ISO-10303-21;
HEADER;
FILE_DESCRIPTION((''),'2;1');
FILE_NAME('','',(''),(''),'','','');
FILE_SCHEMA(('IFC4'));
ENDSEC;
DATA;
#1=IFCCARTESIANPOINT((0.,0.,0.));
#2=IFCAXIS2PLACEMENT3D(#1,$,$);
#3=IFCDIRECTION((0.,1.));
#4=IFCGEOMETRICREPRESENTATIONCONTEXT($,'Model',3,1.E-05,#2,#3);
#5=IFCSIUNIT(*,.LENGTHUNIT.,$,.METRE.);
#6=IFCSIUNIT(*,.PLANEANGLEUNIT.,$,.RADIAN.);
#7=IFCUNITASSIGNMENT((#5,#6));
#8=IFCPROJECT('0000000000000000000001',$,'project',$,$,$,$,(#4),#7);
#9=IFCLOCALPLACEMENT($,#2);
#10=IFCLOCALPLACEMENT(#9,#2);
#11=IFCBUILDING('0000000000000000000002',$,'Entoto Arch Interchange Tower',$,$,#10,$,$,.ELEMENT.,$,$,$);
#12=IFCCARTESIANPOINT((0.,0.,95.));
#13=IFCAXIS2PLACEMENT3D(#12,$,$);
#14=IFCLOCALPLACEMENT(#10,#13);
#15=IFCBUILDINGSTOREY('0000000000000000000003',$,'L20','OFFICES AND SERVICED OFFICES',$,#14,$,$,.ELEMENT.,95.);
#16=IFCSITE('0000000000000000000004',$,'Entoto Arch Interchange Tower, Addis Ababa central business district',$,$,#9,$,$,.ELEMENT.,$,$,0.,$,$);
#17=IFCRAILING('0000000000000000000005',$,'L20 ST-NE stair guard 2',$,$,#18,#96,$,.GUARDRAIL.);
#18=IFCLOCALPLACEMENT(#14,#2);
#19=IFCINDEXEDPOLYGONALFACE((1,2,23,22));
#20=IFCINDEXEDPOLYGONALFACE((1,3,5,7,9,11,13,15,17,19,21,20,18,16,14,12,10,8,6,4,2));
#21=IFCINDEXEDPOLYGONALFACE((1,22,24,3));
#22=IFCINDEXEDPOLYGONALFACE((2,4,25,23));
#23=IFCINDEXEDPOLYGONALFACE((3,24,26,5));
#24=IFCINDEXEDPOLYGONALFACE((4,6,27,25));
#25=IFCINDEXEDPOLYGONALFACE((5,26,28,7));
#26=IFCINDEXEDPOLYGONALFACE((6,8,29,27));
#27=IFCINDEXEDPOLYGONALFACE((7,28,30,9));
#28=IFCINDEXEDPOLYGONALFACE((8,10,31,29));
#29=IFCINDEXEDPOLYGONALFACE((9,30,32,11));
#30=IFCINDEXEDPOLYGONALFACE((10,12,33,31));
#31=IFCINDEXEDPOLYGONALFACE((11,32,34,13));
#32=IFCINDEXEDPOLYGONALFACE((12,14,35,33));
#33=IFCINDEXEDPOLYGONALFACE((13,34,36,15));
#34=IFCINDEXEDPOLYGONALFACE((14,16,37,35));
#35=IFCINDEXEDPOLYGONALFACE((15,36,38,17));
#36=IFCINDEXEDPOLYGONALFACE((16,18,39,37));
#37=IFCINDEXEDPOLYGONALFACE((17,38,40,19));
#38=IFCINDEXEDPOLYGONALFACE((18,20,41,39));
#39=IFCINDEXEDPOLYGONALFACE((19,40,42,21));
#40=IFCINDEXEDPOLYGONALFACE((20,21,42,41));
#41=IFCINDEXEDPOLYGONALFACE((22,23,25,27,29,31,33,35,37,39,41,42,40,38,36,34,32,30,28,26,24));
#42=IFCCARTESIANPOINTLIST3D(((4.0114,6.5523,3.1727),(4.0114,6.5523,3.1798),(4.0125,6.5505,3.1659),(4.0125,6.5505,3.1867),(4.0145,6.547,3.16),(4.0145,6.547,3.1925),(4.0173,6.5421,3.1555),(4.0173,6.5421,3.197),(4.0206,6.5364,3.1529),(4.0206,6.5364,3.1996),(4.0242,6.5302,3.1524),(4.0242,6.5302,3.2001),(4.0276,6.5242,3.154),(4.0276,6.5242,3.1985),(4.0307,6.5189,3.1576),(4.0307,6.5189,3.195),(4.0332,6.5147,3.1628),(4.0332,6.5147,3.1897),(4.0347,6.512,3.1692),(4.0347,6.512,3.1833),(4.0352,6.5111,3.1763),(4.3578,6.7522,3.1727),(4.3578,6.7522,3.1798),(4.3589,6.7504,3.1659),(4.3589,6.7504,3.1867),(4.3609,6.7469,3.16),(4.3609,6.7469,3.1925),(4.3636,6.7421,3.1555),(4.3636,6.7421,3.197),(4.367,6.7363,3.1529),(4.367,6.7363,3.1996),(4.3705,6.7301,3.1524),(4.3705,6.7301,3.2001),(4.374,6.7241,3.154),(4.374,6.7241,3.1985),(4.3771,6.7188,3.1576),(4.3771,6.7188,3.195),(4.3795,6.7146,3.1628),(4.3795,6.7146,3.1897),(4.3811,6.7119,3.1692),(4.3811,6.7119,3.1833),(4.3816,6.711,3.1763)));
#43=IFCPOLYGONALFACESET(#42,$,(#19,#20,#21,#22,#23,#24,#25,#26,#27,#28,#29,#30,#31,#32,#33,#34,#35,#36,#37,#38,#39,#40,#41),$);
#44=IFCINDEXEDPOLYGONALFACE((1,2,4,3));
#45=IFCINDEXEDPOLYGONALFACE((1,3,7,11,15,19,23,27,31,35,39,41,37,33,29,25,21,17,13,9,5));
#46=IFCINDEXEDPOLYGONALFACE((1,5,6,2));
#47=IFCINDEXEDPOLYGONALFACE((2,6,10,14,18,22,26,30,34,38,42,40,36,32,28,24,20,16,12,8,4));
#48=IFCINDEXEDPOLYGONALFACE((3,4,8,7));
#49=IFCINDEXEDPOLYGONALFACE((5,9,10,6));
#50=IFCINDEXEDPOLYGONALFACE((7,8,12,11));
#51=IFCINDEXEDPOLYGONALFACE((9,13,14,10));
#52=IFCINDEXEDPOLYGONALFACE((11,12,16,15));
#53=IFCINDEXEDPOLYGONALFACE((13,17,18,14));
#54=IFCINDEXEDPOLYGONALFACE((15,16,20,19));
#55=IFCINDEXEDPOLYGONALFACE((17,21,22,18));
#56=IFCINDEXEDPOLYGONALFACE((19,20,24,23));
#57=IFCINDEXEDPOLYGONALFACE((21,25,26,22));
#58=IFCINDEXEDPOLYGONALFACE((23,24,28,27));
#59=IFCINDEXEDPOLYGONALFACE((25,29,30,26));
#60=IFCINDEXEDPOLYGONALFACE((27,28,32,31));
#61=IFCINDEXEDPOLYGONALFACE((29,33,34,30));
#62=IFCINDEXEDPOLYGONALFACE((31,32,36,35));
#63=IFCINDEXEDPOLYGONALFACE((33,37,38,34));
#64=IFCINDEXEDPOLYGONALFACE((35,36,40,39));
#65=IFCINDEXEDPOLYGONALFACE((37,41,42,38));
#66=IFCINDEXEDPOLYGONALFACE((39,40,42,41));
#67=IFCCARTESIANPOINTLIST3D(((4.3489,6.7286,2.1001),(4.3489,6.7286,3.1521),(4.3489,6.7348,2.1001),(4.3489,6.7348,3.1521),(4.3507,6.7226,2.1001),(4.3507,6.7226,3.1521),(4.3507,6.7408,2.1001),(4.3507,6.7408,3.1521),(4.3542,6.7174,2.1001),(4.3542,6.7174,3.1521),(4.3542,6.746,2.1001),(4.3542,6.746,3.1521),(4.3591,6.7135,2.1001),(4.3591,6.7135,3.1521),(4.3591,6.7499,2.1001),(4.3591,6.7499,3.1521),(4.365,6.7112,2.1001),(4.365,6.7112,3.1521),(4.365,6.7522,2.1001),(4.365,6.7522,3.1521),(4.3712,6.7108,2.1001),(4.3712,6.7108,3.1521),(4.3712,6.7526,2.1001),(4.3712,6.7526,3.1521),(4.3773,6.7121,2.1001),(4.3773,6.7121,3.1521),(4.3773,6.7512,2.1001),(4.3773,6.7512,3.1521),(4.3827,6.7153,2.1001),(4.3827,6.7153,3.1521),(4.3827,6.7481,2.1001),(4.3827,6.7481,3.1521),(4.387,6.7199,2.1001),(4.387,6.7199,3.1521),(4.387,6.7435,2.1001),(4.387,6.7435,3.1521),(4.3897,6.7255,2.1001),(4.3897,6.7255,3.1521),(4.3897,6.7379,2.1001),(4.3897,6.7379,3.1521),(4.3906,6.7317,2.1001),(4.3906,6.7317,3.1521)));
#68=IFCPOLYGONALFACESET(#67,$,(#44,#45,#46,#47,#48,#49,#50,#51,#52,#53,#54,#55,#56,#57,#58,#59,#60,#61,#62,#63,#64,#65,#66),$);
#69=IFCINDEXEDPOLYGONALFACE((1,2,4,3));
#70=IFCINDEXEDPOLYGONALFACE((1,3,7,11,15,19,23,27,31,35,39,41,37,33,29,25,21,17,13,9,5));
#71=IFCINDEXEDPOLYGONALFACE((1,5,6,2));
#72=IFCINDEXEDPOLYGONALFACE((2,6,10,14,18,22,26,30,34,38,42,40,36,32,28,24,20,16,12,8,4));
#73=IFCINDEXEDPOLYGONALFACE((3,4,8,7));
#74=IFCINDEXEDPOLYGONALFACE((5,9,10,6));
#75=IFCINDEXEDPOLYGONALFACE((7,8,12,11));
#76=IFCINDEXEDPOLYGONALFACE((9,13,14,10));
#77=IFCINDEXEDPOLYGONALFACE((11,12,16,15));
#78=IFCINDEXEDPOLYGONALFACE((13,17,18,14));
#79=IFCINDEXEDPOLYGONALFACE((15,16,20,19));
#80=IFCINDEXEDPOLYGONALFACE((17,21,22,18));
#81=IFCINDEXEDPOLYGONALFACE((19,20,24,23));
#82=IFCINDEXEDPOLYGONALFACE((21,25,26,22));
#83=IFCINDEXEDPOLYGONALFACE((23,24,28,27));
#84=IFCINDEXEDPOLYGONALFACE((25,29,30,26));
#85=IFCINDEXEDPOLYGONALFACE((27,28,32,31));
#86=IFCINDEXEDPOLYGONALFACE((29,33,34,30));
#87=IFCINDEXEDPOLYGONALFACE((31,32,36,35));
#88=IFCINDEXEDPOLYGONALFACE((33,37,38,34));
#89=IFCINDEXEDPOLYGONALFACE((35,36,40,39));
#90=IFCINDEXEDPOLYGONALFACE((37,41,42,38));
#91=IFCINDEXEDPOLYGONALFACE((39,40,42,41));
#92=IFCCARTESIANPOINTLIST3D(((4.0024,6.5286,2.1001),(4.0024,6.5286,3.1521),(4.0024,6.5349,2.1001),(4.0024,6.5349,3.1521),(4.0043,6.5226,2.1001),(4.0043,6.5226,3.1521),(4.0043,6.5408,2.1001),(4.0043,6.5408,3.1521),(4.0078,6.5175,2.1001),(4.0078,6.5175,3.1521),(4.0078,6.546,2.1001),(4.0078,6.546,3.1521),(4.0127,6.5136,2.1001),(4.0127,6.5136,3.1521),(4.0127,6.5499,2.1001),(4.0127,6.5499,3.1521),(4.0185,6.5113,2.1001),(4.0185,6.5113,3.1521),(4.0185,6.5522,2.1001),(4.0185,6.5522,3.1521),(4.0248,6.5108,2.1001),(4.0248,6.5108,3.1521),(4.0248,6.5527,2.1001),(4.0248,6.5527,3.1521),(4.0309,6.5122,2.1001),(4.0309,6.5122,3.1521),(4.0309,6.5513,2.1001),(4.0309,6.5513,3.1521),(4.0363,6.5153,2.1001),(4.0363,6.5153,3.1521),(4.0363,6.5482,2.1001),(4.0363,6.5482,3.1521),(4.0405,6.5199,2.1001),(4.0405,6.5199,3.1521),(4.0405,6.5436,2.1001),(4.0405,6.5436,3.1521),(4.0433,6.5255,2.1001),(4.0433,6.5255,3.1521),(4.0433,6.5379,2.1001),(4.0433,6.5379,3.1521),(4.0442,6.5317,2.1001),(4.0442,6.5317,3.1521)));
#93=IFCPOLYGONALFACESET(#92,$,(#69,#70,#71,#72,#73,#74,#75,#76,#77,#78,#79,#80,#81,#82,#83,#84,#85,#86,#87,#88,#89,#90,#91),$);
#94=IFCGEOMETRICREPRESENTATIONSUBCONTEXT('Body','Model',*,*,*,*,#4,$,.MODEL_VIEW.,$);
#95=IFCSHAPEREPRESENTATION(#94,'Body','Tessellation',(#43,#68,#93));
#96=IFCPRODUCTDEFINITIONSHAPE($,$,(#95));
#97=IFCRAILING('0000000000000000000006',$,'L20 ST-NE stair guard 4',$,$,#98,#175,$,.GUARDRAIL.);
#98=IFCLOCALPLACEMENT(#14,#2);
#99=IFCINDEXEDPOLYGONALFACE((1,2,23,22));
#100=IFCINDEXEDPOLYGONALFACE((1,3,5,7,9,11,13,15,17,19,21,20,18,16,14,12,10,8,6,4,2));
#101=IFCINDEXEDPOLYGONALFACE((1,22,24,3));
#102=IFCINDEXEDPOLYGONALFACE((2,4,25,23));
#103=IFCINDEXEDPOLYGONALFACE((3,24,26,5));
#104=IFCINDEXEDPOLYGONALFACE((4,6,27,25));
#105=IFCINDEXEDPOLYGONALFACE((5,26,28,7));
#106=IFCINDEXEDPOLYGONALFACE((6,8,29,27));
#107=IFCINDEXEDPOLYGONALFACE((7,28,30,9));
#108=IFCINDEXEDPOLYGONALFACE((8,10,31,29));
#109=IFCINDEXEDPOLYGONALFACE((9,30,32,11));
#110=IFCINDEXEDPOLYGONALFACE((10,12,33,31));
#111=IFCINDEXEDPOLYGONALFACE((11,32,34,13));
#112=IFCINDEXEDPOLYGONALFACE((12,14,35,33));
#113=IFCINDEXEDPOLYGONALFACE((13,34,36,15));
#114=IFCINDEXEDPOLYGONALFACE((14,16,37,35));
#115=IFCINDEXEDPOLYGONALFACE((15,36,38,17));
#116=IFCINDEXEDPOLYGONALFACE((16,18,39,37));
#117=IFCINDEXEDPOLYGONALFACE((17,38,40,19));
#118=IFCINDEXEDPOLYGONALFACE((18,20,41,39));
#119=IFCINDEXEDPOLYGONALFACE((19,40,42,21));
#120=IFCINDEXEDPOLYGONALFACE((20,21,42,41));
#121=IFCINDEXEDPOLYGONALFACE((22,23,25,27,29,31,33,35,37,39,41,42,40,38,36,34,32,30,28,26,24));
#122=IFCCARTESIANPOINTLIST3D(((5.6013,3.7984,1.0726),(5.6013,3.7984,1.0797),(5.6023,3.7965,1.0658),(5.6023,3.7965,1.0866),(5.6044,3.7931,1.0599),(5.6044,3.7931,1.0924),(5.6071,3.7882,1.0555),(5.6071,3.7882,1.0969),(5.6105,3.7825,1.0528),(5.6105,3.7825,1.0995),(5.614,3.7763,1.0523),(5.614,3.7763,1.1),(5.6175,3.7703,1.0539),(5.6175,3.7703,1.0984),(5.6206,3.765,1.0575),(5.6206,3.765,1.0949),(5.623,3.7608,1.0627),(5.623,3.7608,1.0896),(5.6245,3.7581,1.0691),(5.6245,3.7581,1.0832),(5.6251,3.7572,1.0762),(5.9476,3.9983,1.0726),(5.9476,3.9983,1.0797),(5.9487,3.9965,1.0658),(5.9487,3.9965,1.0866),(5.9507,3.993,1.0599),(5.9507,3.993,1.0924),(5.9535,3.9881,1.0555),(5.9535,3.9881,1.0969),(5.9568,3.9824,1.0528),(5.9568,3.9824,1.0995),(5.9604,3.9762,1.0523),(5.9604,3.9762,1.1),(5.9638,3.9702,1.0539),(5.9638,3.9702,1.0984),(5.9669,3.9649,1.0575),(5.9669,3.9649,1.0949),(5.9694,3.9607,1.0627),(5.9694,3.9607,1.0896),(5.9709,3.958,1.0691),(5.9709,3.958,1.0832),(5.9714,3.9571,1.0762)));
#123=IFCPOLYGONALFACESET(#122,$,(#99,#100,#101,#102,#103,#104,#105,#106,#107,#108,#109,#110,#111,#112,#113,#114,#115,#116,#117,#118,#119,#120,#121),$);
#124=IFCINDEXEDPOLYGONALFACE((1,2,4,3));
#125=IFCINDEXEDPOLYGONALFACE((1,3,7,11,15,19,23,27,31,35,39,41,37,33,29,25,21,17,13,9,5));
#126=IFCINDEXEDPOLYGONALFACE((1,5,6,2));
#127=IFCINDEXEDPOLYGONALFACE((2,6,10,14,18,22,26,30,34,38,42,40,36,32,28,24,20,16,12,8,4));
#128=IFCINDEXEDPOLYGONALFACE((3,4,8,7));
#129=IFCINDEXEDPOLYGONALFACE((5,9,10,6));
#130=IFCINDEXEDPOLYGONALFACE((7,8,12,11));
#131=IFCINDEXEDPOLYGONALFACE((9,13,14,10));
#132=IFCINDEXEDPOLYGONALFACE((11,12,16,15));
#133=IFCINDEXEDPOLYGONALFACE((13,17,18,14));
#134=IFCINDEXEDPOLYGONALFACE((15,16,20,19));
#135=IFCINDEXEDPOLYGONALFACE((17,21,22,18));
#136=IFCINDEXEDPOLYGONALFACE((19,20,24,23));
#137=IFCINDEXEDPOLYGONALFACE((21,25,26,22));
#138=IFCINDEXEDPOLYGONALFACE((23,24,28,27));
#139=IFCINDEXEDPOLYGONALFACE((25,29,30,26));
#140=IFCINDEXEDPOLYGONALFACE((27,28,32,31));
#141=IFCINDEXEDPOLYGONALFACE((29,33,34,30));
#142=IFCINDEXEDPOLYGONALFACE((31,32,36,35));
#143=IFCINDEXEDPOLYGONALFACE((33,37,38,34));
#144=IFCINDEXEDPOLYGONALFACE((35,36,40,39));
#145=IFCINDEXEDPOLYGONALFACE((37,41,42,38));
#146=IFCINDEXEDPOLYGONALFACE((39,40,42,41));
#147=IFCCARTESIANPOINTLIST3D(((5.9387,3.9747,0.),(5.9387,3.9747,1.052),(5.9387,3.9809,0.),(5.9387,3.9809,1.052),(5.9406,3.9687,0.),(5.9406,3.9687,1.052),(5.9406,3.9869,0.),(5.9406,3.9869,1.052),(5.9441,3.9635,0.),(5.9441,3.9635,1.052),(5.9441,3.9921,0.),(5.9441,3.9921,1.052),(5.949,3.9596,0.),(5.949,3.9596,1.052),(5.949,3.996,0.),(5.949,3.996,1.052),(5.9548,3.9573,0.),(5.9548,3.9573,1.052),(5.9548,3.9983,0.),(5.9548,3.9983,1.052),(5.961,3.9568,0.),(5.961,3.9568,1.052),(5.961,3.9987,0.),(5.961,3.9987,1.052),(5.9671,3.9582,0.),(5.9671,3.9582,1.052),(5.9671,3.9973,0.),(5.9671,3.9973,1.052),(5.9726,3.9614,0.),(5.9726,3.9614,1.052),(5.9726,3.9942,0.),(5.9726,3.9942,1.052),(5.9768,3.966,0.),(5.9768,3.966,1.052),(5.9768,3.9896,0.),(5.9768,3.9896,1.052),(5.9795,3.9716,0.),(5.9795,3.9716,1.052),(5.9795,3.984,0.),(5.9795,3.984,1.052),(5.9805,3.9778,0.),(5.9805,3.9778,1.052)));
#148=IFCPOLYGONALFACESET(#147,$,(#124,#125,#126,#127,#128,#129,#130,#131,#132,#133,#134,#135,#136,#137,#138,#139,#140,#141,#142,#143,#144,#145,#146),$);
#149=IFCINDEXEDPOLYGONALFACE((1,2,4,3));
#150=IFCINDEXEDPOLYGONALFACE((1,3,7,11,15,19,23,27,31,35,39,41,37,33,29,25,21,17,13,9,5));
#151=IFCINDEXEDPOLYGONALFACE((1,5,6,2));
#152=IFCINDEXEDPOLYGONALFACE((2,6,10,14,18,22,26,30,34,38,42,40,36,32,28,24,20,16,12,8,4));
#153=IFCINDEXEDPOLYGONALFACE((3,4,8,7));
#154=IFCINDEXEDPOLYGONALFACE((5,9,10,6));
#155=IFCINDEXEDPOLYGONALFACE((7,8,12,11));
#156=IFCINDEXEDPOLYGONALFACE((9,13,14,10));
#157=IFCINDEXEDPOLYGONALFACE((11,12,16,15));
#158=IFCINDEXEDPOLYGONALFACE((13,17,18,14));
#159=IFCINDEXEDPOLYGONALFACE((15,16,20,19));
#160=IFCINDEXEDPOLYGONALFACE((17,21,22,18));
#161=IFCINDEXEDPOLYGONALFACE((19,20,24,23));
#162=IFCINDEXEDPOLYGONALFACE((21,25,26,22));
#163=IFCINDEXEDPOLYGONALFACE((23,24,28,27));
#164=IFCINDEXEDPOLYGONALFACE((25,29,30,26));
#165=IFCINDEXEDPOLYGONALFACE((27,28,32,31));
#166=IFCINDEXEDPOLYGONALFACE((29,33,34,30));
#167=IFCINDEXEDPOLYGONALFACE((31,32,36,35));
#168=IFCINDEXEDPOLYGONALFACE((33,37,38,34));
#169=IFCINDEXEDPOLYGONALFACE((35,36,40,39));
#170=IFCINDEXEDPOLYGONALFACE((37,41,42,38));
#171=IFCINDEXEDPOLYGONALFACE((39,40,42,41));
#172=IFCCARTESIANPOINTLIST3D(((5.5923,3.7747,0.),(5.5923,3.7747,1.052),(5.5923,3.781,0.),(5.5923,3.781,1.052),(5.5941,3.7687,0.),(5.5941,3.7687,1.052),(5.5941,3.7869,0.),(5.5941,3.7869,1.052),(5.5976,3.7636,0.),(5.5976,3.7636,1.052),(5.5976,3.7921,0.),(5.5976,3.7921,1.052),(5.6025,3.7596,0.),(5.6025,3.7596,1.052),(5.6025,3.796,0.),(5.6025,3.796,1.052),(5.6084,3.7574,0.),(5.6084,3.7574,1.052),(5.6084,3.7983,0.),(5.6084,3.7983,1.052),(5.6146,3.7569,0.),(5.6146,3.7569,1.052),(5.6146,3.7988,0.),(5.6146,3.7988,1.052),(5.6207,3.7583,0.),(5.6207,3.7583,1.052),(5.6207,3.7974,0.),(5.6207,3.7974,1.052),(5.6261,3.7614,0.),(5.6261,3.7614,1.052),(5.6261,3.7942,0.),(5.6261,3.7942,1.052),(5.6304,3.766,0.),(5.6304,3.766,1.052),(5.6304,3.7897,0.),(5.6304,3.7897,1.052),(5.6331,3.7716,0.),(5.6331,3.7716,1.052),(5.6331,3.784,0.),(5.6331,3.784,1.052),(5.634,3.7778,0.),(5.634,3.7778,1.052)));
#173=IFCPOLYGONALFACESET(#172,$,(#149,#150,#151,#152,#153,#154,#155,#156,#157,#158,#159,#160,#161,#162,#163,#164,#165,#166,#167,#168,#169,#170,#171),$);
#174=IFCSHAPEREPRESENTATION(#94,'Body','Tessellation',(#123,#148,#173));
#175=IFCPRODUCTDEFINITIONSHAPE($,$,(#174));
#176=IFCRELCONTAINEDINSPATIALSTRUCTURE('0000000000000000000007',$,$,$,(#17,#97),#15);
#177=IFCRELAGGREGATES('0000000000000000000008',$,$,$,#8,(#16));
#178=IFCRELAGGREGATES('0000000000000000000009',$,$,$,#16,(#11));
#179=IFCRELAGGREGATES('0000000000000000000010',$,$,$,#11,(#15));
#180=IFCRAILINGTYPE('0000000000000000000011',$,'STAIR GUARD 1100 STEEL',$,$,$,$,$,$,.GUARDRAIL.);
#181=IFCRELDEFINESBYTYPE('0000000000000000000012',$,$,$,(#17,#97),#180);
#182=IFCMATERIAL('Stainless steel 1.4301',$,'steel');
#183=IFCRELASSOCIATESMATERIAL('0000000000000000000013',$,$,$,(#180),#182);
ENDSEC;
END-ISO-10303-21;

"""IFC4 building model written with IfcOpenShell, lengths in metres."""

from ifc_helpers import new_model, si_unit, direction, frame, origin, origin_2d, place, context, subcontext, project, spatial, circle, extrude, material, type_object, element, save


model = new_model("IFC4")

# Units and contexts
model_context = context("Model", 3, precision=1e-05, world=origin(), true_north=direction((0.0, 1.0)))
body_context = subcontext(model_context, "Body", "Model", "MODEL_VIEW")
ifc_project = project(units=[si_unit("LENGTHUNIT", "METRE"), si_unit("PLANEANGLEUNIT", "RADIAN")], contexts=[model_context])

# Site, building, storey
site_placement = place(None, origin())
site = spatial("IfcSite", under=ifc_project, at=site_placement, Name="Entoto Arch Interchange Tower, Addis Ababa central business district", CompositionType="ELEMENT", RefElevation=0.0)
building_placement = place(site_placement, origin())
building = spatial("IfcBuilding", under=site, at=building_placement, Name="Entoto Arch Interchange Tower", CompositionType="ELEMENT")
storey_placement = place(building_placement, frame((0.0, 0.0, 95.0)))
storey = spatial("IfcBuildingStorey", under=building, at=storey_placement, Name="L20", Description="OFFICES AND SERVICED OFFICES", CompositionType="ELEMENT", Elevation=95.0)

# Railings
ifc_material_1 = material(Name="Stainless steel 1.4301", Category="steel")
railing_type_1 = type_object("IfcRailingType", Name="STAIR GUARD 1100 STEEL", PredefinedType="GUARDRAIL", material=ifc_material_1)
for number, where, name in (
    (1, (4.3696, 6.7317, 2.1001), "L20 ST-NE stair guard 2"),
    (2, (5.9595, 3.9778, 0.0), "L20 ST-NE stair guard 4"),
):
    element("IfcRailing", number, at=place(storey_placement, frame(where)), inside=storey, type_object=railing_type_1, Name=name, PredefinedType="GUARDRAIL", context=body_context, shape_type="SweptSolid", body=[
        extrude(circle(Radius=0.0239, at=origin_2d()), frame((0.0, 0.0, 1.0762), z_axis=(-0.866094, -0.499881, 0.0), x_axis=(0.499881, -0.866094, 0.0)), (0.0, 0.0, 1.0), 0.3999),
        extrude(circle(Radius=0.021, at=origin_2d()), origin(), (0.0, 0.0, 1.0), 1.052),
        extrude(circle(Radius=0.021, at=origin_2d()), frame((-0.3464, -0.2, 0.0)), (0.0, 0.0, 1.0), 1.052),
    ])

save(model, "model.ifc")
